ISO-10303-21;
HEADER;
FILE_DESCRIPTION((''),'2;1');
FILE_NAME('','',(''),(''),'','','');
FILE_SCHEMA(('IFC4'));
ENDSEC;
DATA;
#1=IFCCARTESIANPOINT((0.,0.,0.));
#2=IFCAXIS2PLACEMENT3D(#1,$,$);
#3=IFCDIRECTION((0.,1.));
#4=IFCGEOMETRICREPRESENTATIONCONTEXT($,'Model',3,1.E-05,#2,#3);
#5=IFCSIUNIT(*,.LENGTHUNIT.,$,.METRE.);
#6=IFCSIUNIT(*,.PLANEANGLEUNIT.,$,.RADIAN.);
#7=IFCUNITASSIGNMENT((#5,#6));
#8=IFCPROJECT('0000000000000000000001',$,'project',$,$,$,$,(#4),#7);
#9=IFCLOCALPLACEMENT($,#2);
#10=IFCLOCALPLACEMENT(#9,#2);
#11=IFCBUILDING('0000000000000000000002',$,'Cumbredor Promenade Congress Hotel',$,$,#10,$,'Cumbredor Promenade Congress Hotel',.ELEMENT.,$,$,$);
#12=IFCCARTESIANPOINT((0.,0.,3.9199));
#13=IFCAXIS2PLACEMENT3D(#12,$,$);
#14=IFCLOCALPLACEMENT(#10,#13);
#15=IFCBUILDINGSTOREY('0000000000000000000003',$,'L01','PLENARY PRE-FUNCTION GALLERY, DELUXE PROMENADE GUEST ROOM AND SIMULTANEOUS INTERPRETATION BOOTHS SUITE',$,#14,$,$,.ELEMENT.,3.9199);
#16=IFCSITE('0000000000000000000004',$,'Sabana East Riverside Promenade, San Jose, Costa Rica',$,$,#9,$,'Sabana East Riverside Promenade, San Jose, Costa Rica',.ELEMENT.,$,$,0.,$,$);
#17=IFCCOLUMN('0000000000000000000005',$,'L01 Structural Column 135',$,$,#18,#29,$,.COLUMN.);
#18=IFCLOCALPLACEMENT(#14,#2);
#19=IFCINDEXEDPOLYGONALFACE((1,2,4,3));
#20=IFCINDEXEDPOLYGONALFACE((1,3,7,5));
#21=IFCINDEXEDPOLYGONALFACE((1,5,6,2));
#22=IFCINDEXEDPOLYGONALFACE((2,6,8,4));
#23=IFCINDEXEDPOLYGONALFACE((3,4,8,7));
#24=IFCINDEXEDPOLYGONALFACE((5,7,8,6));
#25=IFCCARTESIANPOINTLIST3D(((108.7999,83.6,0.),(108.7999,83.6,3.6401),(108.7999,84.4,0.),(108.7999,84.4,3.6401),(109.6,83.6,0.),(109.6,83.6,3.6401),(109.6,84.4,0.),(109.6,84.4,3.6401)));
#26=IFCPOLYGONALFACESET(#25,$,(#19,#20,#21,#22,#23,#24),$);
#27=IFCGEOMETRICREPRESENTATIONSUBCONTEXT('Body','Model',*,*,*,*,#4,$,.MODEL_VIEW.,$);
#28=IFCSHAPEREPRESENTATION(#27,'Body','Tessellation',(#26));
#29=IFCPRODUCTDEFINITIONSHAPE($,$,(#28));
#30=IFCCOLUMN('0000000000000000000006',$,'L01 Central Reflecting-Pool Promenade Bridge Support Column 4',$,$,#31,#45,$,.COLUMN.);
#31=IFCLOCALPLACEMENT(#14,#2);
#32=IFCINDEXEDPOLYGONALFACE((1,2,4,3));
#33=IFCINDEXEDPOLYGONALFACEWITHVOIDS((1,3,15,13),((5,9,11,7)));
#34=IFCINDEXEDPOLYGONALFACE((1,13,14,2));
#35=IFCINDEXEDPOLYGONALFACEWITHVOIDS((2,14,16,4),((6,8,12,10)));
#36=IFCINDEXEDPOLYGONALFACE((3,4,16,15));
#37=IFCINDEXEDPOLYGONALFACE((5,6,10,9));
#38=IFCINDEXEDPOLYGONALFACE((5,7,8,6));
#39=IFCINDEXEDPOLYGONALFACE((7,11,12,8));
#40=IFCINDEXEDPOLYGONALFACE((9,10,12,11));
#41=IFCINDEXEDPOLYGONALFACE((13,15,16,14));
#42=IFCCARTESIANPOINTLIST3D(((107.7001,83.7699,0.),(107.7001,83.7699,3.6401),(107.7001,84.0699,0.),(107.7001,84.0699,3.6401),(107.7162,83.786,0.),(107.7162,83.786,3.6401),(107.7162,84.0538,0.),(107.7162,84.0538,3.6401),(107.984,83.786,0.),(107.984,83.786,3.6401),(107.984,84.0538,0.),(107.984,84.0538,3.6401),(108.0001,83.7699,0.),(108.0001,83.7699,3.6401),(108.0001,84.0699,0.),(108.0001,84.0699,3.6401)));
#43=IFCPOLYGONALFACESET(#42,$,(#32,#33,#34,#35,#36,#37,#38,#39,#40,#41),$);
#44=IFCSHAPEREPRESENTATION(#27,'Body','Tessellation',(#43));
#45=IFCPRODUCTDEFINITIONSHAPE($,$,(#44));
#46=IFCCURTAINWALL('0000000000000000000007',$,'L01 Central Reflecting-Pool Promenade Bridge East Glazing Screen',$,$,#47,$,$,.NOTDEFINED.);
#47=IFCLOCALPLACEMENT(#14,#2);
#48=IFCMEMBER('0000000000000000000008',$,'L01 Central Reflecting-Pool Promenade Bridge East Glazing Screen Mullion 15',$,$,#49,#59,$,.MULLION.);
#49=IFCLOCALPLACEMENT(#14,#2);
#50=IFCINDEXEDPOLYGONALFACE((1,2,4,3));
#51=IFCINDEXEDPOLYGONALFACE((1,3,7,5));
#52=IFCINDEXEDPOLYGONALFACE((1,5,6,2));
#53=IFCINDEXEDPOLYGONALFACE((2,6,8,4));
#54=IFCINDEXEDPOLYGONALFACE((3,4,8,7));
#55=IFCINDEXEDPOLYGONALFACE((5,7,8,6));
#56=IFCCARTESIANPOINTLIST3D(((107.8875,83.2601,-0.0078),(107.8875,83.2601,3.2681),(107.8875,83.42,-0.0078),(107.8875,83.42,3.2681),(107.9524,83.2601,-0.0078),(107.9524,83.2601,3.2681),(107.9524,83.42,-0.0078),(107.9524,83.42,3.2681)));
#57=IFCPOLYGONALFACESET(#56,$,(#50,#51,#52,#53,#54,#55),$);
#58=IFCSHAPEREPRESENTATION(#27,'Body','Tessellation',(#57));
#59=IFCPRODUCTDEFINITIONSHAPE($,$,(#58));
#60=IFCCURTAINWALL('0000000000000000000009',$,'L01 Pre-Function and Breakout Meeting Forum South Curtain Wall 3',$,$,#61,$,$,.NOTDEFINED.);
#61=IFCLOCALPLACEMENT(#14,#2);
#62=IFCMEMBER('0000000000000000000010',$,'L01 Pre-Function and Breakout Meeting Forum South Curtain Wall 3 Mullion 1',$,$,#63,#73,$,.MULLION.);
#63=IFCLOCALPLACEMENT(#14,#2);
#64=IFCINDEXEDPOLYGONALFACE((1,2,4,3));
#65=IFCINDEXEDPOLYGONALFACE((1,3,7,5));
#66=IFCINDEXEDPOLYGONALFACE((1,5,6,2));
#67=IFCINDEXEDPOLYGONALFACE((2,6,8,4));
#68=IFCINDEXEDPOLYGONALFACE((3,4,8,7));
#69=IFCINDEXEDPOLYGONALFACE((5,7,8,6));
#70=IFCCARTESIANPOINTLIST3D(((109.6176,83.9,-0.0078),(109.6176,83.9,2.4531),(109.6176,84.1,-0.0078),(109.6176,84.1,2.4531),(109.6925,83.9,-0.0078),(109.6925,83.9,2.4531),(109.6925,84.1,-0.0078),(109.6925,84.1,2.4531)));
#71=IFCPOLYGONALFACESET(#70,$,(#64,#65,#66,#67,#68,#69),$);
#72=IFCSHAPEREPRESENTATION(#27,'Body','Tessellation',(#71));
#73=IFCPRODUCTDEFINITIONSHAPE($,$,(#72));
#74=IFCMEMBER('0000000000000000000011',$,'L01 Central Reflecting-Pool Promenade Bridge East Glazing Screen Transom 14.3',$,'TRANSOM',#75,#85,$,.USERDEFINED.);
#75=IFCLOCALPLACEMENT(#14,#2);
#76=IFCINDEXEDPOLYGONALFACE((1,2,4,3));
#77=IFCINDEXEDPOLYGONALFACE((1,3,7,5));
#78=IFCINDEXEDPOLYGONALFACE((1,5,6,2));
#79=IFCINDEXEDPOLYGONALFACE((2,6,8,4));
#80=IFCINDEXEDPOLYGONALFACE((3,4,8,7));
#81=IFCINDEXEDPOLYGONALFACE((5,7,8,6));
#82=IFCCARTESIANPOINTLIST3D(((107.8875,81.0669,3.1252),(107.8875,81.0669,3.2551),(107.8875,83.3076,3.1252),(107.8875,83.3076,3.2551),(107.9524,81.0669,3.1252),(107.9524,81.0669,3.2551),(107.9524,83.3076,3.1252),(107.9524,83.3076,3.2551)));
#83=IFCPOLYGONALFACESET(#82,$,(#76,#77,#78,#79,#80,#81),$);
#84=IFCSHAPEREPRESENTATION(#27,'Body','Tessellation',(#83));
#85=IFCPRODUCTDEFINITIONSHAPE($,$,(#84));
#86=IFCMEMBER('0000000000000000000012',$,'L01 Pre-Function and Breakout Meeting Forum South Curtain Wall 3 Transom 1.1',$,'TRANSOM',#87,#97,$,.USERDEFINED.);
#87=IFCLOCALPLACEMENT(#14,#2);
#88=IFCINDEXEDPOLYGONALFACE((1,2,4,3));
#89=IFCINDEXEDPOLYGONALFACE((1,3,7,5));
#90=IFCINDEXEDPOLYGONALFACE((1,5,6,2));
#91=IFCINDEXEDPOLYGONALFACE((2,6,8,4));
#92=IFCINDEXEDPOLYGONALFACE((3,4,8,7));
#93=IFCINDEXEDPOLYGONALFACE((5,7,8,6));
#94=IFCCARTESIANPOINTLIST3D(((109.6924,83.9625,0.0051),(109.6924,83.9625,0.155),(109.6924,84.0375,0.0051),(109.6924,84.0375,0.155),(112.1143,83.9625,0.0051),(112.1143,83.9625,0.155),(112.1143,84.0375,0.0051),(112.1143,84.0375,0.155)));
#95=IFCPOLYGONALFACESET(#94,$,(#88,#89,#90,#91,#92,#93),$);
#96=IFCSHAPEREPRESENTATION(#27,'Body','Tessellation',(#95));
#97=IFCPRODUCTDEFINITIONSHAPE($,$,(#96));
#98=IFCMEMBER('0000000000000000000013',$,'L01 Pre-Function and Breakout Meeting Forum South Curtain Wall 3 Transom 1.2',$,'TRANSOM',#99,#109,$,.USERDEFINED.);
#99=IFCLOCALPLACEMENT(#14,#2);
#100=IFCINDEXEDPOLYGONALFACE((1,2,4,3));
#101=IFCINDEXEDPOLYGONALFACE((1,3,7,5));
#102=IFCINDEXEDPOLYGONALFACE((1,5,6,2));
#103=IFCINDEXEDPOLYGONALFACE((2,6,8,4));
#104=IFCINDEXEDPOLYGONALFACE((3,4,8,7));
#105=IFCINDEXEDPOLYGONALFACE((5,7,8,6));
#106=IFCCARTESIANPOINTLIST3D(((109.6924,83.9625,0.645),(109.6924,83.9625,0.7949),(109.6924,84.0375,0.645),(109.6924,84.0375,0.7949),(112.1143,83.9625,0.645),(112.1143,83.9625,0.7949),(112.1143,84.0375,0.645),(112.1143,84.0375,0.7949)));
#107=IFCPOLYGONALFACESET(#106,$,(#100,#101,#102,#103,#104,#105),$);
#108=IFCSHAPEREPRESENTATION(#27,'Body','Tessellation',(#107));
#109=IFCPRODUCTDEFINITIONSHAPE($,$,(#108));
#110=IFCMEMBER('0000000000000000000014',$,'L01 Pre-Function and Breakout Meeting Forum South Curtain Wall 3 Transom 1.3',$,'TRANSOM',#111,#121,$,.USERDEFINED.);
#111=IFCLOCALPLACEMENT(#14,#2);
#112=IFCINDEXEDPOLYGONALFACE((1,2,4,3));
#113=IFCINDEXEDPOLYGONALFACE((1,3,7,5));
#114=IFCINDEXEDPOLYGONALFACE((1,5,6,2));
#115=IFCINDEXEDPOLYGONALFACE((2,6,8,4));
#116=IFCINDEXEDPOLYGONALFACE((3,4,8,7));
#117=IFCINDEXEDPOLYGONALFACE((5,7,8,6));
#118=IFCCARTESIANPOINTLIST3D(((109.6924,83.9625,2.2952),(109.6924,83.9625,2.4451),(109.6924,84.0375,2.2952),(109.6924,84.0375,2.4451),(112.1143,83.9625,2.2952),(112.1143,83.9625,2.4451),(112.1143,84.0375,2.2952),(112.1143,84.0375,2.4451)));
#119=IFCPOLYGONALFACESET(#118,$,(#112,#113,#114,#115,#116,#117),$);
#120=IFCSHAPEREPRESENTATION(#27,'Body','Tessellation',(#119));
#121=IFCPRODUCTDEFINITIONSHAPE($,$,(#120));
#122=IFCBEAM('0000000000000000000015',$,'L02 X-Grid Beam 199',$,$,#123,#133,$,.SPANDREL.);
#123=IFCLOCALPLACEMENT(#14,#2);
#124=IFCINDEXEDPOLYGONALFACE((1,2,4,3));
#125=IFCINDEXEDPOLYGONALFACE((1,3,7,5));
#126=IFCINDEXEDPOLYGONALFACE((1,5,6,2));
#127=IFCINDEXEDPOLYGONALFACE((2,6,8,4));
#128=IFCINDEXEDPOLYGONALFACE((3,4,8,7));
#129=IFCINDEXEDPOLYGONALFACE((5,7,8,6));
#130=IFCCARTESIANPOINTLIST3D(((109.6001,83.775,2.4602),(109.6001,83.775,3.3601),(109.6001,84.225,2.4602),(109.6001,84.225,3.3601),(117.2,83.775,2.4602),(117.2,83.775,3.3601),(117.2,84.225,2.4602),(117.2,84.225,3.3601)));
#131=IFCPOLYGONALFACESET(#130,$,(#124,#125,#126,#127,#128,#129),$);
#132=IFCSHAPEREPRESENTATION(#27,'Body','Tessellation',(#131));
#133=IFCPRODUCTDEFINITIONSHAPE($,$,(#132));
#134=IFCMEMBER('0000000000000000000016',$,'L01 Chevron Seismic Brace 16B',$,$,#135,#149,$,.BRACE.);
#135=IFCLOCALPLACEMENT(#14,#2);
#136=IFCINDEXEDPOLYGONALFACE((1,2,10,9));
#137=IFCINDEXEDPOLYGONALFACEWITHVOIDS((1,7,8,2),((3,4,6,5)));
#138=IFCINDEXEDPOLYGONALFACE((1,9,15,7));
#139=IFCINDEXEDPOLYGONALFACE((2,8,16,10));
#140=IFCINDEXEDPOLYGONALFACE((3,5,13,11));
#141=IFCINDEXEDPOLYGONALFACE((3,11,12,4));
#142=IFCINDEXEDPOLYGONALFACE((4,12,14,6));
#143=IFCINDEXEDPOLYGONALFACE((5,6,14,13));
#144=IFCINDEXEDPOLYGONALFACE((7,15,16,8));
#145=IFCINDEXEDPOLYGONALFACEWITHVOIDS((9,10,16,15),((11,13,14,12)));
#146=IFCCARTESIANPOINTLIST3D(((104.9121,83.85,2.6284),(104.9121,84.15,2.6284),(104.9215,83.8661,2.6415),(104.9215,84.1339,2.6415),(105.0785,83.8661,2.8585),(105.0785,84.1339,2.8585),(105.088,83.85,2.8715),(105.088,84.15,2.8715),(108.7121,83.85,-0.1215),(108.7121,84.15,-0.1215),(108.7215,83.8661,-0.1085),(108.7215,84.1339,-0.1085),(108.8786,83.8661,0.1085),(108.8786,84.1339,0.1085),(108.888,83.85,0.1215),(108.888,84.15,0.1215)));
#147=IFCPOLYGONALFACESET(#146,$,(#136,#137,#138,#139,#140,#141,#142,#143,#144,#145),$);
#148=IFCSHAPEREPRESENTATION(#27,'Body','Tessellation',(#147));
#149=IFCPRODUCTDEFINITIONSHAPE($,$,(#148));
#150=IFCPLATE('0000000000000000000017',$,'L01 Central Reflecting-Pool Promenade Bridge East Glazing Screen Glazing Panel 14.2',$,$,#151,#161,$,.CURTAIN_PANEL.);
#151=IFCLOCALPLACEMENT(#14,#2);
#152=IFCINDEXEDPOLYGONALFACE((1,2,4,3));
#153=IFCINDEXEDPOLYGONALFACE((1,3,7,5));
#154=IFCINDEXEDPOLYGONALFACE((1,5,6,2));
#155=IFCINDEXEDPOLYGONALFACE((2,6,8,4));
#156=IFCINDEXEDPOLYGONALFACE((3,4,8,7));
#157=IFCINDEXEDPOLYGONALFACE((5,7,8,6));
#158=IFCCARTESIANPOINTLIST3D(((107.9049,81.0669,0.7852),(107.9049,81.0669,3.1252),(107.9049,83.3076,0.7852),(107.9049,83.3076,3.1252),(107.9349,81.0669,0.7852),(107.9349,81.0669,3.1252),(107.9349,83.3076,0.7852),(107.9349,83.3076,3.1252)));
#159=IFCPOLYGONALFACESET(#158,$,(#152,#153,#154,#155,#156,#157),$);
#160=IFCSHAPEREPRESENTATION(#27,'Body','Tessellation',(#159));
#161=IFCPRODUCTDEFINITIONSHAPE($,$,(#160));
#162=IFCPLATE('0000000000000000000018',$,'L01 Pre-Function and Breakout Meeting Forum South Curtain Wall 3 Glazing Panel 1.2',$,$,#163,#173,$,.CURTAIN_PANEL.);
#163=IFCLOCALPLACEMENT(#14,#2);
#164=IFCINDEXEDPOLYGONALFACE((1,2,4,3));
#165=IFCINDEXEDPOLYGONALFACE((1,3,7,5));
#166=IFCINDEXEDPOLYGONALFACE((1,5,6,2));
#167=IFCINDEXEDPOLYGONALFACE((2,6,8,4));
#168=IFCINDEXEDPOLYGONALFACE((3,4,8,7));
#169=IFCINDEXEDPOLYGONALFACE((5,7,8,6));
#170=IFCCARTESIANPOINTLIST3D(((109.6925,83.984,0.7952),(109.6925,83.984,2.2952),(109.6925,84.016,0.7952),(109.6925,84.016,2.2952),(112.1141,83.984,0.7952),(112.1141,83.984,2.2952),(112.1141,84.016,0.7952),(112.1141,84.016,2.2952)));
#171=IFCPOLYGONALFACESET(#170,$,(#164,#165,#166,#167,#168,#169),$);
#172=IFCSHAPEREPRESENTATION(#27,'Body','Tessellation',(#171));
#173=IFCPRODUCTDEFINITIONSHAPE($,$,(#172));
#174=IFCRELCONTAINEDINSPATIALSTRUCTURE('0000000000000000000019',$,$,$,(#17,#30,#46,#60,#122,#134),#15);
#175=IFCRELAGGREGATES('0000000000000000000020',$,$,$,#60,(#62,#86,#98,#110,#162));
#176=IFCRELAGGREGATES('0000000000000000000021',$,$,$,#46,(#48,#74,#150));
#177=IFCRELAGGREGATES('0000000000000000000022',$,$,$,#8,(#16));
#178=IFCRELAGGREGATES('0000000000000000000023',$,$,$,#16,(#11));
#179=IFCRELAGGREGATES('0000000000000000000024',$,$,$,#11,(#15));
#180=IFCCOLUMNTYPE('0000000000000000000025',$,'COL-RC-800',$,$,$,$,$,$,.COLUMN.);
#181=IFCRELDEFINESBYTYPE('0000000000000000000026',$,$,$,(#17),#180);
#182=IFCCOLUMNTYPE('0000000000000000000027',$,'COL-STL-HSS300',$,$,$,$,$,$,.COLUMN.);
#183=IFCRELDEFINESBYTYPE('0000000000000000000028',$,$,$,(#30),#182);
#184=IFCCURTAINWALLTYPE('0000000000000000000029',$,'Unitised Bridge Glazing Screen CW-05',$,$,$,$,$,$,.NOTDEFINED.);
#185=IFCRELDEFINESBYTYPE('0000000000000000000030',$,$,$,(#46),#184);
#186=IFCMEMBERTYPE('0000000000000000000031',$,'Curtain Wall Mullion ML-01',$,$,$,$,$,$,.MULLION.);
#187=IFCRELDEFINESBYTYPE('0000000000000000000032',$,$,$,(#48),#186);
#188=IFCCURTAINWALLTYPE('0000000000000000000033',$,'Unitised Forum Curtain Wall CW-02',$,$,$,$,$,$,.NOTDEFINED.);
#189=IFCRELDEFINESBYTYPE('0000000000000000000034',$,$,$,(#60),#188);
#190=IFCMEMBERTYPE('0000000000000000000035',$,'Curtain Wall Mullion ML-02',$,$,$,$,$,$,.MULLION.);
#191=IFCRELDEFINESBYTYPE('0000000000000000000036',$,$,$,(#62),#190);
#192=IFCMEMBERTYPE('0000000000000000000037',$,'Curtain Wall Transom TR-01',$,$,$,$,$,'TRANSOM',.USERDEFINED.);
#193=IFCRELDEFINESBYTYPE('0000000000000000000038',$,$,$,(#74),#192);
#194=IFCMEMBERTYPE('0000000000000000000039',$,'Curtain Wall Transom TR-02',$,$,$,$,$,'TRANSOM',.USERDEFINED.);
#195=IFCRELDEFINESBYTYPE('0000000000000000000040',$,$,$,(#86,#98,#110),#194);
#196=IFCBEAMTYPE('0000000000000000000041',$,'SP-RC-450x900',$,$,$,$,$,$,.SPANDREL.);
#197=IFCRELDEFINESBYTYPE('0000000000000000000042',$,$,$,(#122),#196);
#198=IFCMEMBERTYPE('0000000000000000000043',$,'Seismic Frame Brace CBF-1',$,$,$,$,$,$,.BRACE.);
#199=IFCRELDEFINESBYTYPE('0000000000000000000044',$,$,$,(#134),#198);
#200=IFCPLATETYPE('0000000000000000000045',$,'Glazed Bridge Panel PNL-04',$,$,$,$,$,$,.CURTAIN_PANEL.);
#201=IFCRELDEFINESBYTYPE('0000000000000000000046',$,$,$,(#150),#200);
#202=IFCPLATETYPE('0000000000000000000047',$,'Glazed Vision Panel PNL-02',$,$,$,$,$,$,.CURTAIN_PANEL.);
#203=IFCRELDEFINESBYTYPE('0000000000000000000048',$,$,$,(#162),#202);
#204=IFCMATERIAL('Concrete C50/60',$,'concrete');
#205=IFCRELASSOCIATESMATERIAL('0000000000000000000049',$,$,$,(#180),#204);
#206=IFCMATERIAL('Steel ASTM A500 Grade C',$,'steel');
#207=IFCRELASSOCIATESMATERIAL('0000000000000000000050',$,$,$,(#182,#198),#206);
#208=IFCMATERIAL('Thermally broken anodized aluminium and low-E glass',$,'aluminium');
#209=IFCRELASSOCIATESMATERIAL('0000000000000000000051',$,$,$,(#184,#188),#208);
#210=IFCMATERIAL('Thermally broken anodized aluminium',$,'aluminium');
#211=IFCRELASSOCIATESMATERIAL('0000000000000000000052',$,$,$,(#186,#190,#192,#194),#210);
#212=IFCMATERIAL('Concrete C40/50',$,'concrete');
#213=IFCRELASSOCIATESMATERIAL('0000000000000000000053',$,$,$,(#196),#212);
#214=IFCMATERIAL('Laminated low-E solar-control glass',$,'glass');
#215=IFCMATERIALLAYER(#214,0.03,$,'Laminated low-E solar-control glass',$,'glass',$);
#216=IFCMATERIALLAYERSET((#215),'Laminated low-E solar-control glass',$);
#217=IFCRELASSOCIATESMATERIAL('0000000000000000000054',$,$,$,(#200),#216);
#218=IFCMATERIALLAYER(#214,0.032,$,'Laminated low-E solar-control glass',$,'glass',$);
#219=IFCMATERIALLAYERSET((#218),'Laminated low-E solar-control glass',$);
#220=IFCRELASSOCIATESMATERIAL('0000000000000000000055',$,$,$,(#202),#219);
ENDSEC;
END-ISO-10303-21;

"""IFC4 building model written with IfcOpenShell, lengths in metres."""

from ifc_helpers import new_model, si_unit, direction, frame, origin, origin_2d, place, context, subcontext, project, spatial, rectangle, hollow_rectangle, extrude, material, layer, layer_set, material_profile, profile_set, type_object, element, aggregate, save


model = new_model("IFC4")

# Units and contexts
model_context = context("Model", 3, precision=1e-05, world=origin(), true_north=direction((0.0, 1.0)))
body_context = subcontext(model_context, "Body", "Model", "MODEL_VIEW")
ifc_project = project(units=[si_unit("LENGTHUNIT", "METRE"), si_unit("PLANEANGLEUNIT", "RADIAN")], contexts=[model_context])

# Site, building, storey
site_placement = place(None, origin())
site = spatial("IfcSite", under=ifc_project, at=site_placement, Name="Sabana East Riverside Promenade, San Jose, Costa Rica", LongName="Sabana East Riverside Promenade, San Jose, Costa Rica", CompositionType="ELEMENT", RefElevation=0.0)
building_placement = place(site_placement, origin())
building = spatial("IfcBuilding", under=site, at=building_placement, Name="Cumbredor Promenade Congress Hotel", LongName="Cumbredor Promenade Congress Hotel", CompositionType="ELEMENT")
storey_placement = place(building_placement, frame((0.0, 0.0, 3.9199)))
storey = spatial("IfcBuildingStorey", under=building, at=storey_placement, Name="L01", Description="PLENARY PRE-FUNCTION GALLERY, DELUXE PROMENADE GUEST ROOM AND SIMULTANEOUS INTERPRETATION BOOTHS SUITE", CompositionType="ELEMENT", Elevation=3.9199)

# Columns
ifc_material_1 = material(Name="Concrete C50/60", Category="concrete")
ifc_material_profile_1 = material_profile(ifc_material_1, rectangle(XDim=0.8, YDim=0.8, at=origin_2d()), Name="RC 800x800")
ifc_profile_set_1 = profile_set([ifc_material_profile_1], Name="Concrete C50/60")
column_type_1 = type_object("IfcColumnType", Name="COL-RC-800", PredefinedType="COLUMN", material=ifc_profile_set_1)
column_1_placement = place(storey_placement, frame((109.2, 84.0, 0.0), z_axis=(0.0, 0.0, 1.0), x_axis=(1.0, 0.0, 0.0)))
element("IfcColumn", 1, at=column_1_placement, inside=storey, type_object=column_type_1, Name="L01 Structural Column 135", PredefinedType="COLUMN", context=body_context, shape_type="SweptSolid", body=[
    extrude(rectangle(XDim=0.8, YDim=0.8, at=origin_2d()), origin(), (0.0, 0.0, 1.0), 3.6401),
])
ifc_material_2 = material(Name="Steel ASTM A500 Grade C", Category="steel")
ifc_material_profile_2 = material_profile(ifc_material_2, hollow_rectangle(XDim=0.3, YDim=0.3, WallThickness=0.0161, at=origin_2d()), Name="HSS 300x300x16")
ifc_profile_set_2 = profile_set([ifc_material_profile_2], Name="Steel ASTM A500 Grade C")
column_type_2 = type_object("IfcColumnType", Name="COL-STL-HSS300", PredefinedType="COLUMN", material=ifc_profile_set_2)
column_2_placement = place(storey_placement, frame((107.8501, 83.9199, 0.0), z_axis=(0.0, 0.0, 1.0), x_axis=(1.0, 0.0, 0.0)))
element("IfcColumn", 2, at=column_2_placement, inside=storey, type_object=column_type_2, Name="L01 Central Reflecting-Pool Promenade Bridge Support Column 4", PredefinedType="COLUMN", context=body_context, shape_type="SweptSolid", body=[
    extrude(hollow_rectangle(XDim=0.3, YDim=0.3, WallThickness=0.0161, at=origin_2d()), origin(), (0.0, 0.0, 1.0), 3.6401),
])

# Curtain walls, members
ifc_material_3 = material(Name="Thermally broken anodized aluminium and low-E glass", Category="aluminium")
curtain_wall_type_1 = type_object("IfcCurtainWallType", Name="Unitised Bridge Glazing Screen CW-05", PredefinedType="NOTDEFINED", material=ifc_material_3)
curtain_wall_1_placement = place(storey_placement, origin())
curtain_wall_1 = element("IfcCurtainWall", 3, at=curtain_wall_1_placement, inside=storey, type_object=curtain_wall_type_1, Name="L01 Central Reflecting-Pool Promenade Bridge East Glazing Screen", PredefinedType="NOTDEFINED")
ifc_material_4 = material(Name="Thermally broken anodized aluminium", Category="aluminium")
ifc_material_profile_3 = material_profile(ifc_material_4, rectangle(XDim=0.0649, YDim=0.1599, at=origin_2d()), Name="ALU MULLION 65x160")
ifc_profile_set_3 = profile_set([ifc_material_profile_3], Name="Thermally broken anodized aluminium")
member_type_1 = type_object("IfcMemberType", Name="Curtain Wall Mullion ML-01", PredefinedType="MULLION", material=ifc_profile_set_3)
member_1_placement = place(storey_placement, frame((107.9199, 83.3401, -0.0078), z_axis=(0.0, 0.0, 1.0), x_axis=(1.0, 0.0, 0.0)))
member_1 = element("IfcMember", 4, at=member_1_placement, type_object=member_type_1, Name="L01 Central Reflecting-Pool Promenade Bridge East Glazing Screen Mullion 15", PredefinedType="MULLION", context=body_context, shape_type="SweptSolid", body=[
    extrude(rectangle(XDim=0.0649, YDim=0.1599, at=origin_2d()), origin(), (0.0, 0.0, 1.0), 3.2759),
])
curtain_wall_type_2 = type_object("IfcCurtainWallType", Name="Unitised Forum Curtain Wall CW-02", PredefinedType="NOTDEFINED", material=ifc_material_3)
curtain_wall_2_placement = place(storey_placement, origin())
curtain_wall_2 = element("IfcCurtainWall", 5, at=curtain_wall_2_placement, inside=storey, type_object=curtain_wall_type_2, Name="L01 Pre-Function and Breakout Meeting Forum South Curtain Wall 3", PredefinedType="NOTDEFINED")
ifc_material_profile_4 = material_profile(ifc_material_4, rectangle(XDim=0.075, YDim=0.2, at=origin_2d()), Name="ALU MULLION 75x200")
ifc_profile_set_4 = profile_set([ifc_material_profile_4], Name="Thermally broken anodized aluminium")
member_type_2 = type_object("IfcMemberType", Name="Curtain Wall Mullion ML-02", PredefinedType="MULLION", material=ifc_profile_set_4)
member_2_placement = place(storey_placement, frame((109.655, 84.0, -0.0078), z_axis=(0.0, 0.0, 1.0), x_axis=(1.0, 0.0, 0.0)))
member_2 = element("IfcMember", 6, at=member_2_placement, type_object=member_type_2, Name="L01 Pre-Function and Breakout Meeting Forum South Curtain Wall 3 Mullion 1", PredefinedType="MULLION", context=body_context, shape_type="SweptSolid", body=[
    extrude(rectangle(XDim=0.075, YDim=0.2, at=origin_2d()), origin(), (0.0, 0.0, 1.0), 2.4609),
])

# Members
ifc_material_profile_5 = material_profile(ifc_material_4, rectangle(XDim=0.0649, YDim=0.1299, at=origin_2d()), Name="ALU TRANSOM 65x130")
ifc_profile_set_5 = profile_set([ifc_material_profile_5], Name="Thermally broken anodized aluminium")
member_type_3 = type_object("IfcMemberType", Name="Curtain Wall Transom TR-01", ElementType="TRANSOM", PredefinedType="USERDEFINED", material=ifc_profile_set_5)
member_3_placement = place(storey_placement, frame((107.9199, 81.0669, 3.1902), z_axis=(0.0, 1.0, 0.0), x_axis=(-1.0, 0.0, 0.0)))
member_3 = element("IfcMember", 7, at=member_3_placement, type_object=member_type_3, Name="L01 Central Reflecting-Pool Promenade Bridge East Glazing Screen Transom 14.3", ObjectType="TRANSOM", PredefinedType="USERDEFINED", context=body_context, shape_type="SweptSolid", body=[
    extrude(rectangle(XDim=0.0649, YDim=0.1299, at=origin_2d()), origin(), (0.0, 0.0, 1.0), 2.2407),
])
ifc_material_profile_6 = material_profile(ifc_material_4, rectangle(XDim=0.075, YDim=0.1499, at=origin_2d()), Name="ALU TRANSOM 75x150")
ifc_profile_set_6 = profile_set([ifc_material_profile_6], Name="Thermally broken anodized aluminium")
member_type_4 = type_object("IfcMemberType", Name="Curtain Wall Transom TR-02", ElementType="TRANSOM", PredefinedType="USERDEFINED", material=ifc_profile_set_6)
member_4_placement = place(storey_placement, frame((109.6924, 84.0, 0.0801), z_axis=(1.0, 0.0, 0.0), x_axis=(0.0, 1.0, 0.0)))
member_4 = element("IfcMember", 8, at=member_4_placement, type_object=member_type_4, Name="L01 Pre-Function and Breakout Meeting Forum South Curtain Wall 3 Transom 1.1", ObjectType="TRANSOM", PredefinedType="USERDEFINED", context=body_context, shape_type="SweptSolid", body=[
    extrude(rectangle(XDim=0.075, YDim=0.1499, at=origin_2d()), origin(), (0.0, 0.0, 1.0), 2.4219),
])
member_5_placement = place(storey_placement, frame((109.6924, 84.0, 0.72), z_axis=(1.0, 0.0, 0.0), x_axis=(0.0, 1.0, 0.0)))
member_5 = element("IfcMember", 9, at=member_5_placement, type_object=member_type_4, Name="L01 Pre-Function and Breakout Meeting Forum South Curtain Wall 3 Transom 1.2", ObjectType="TRANSOM", PredefinedType="USERDEFINED", context=body_context, shape_type="SweptSolid", body=[
    extrude(rectangle(XDim=0.075, YDim=0.1499, at=origin_2d()), origin(), (0.0, 0.0, 1.0), 2.4219),
])
member_6_placement = place(storey_placement, frame((109.6924, 84.0, 2.3701), z_axis=(1.0, 0.0, 0.0), x_axis=(0.0, 1.0, 0.0)))
member_6 = element("IfcMember", 10, at=member_6_placement, type_object=member_type_4, Name="L01 Pre-Function and Breakout Meeting Forum South Curtain Wall 3 Transom 1.3", ObjectType="TRANSOM", PredefinedType="USERDEFINED", context=body_context, shape_type="SweptSolid", body=[
    extrude(rectangle(XDim=0.075, YDim=0.1499, at=origin_2d()), origin(), (0.0, 0.0, 1.0), 2.4219),
])

# Beam
ifc_material_5 = material(Name="Concrete C40/50", Category="concrete")
ifc_material_profile_7 = material_profile(ifc_material_5, rectangle(XDim=0.45, YDim=0.8999, at=origin_2d()), Name="RC SPANDREL 450x900")
ifc_profile_set_7 = profile_set([ifc_material_profile_7], Name="Concrete C40/50")
beam_type = type_object("IfcBeamType", Name="SP-RC-450x900", PredefinedType="SPANDREL", material=ifc_profile_set_7)
beam_placement = place(storey_placement, frame((109.6001, 84.0, 2.9102), z_axis=(1.0, 0.0, 0.0), x_axis=(0.0, 1.0, 0.0)))
element("IfcBeam", 11, at=beam_placement, inside=storey, type_object=beam_type, Name="L02 X-Grid Beam 199", PredefinedType="SPANDREL", context=body_context, shape_type="SweptSolid", body=[
    extrude(rectangle(XDim=0.45, YDim=0.8999, at=origin_2d()), origin(), (0.0, 0.0, 1.0), 7.5999),
])

# Member
ifc_material_profile_8 = material_profile(ifc_material_2, hollow_rectangle(XDim=0.3, YDim=0.3, WallThickness=0.0161, at=origin_2d()), Name="HSS 300x300x16")
ifc_profile_set_8 = profile_set([ifc_material_profile_8], Name="Steel ASTM A500 Grade C")
member_type_5 = type_object("IfcMemberType", Name="Seismic Frame Brace CBF-1", PredefinedType="BRACE", material=ifc_profile_set_8)
member_7_placement = place(storey_placement, frame((108.8, 84.0, 0.0), z_axis=(-0.81012, 0.0, 0.586264), x_axis=(0.0, -1.0, 0.0)))
element("IfcMember", 12, at=member_7_placement, inside=storey, type_object=member_type_5, Name="L01 Chevron Seismic Brace 16B", PredefinedType="BRACE", context=body_context, shape_type="SweptSolid", body=[
    extrude(hollow_rectangle(XDim=0.3, YDim=0.3, WallThickness=0.0161, at=origin_2d()), origin(), (0.0, 0.0, 1.0), 4.6907),
])

# Plates
ifc_material_6 = material(Name="Laminated low-E solar-control glass", Category="glass")
ifc_layer_1 = layer(ifc_material_6, 0.03, Name="Laminated low-E solar-control glass", Category="glass")
ifc_layer_set_1 = layer_set([ifc_layer_1], Name="Laminated low-E solar-control glass")
plate_type_1 = type_object("IfcPlateType", Name="Glazed Bridge Panel PNL-04", PredefinedType="CURTAIN_PANEL", material=ifc_layer_set_1)
plate_1_placement = place(storey_placement, frame((107.9199, 82.1873, 0.7852), z_axis=(0.0, 0.0, 1.0), x_axis=(0.0, 1.0, 0.0)))
plate_1 = element("IfcPlate", 13, at=plate_1_placement, type_object=plate_type_1, Name="L01 Central Reflecting-Pool Promenade Bridge East Glazing Screen Glazing Panel 14.2", PredefinedType="CURTAIN_PANEL", context=body_context, shape_type="SweptSolid", body=[
    extrude(rectangle(XDim=2.2407, YDim=0.03, at=origin_2d()), origin(), (0.0, 0.0, 1.0), 2.3401),
])
ifc_layer_2 = layer(ifc_material_6, 0.032, Name="Laminated low-E solar-control glass", Category="glass")
ifc_layer_set_2 = layer_set([ifc_layer_2], Name="Laminated low-E solar-control glass")
plate_type_2 = type_object("IfcPlateType", Name="Glazed Vision Panel PNL-02", PredefinedType="CURTAIN_PANEL", material=ifc_layer_set_2)
plate_2_placement = place(storey_placement, frame((110.9033, 84.0, 0.7952), z_axis=(0.0, 0.0, 1.0), x_axis=(1.0, 0.0, 0.0)))
plate_2 = element("IfcPlate", 14, at=plate_2_placement, type_object=plate_type_2, Name="L01 Pre-Function and Breakout Meeting Forum South Curtain Wall 3 Glazing Panel 1.2", PredefinedType="CURTAIN_PANEL", context=body_context, shape_type="SweptSolid", body=[
    extrude(rectangle(XDim=2.4216, YDim=0.032, at=origin_2d()), origin(), (0.0, 0.0, 1.0), 1.5),
])

aggregate(curtain_wall_2, [member_2, member_4, member_5, member_6, plate_2])
aggregate(curtain_wall_1, [member_1, member_3, plate_1])

save(model, "model.ifc")
